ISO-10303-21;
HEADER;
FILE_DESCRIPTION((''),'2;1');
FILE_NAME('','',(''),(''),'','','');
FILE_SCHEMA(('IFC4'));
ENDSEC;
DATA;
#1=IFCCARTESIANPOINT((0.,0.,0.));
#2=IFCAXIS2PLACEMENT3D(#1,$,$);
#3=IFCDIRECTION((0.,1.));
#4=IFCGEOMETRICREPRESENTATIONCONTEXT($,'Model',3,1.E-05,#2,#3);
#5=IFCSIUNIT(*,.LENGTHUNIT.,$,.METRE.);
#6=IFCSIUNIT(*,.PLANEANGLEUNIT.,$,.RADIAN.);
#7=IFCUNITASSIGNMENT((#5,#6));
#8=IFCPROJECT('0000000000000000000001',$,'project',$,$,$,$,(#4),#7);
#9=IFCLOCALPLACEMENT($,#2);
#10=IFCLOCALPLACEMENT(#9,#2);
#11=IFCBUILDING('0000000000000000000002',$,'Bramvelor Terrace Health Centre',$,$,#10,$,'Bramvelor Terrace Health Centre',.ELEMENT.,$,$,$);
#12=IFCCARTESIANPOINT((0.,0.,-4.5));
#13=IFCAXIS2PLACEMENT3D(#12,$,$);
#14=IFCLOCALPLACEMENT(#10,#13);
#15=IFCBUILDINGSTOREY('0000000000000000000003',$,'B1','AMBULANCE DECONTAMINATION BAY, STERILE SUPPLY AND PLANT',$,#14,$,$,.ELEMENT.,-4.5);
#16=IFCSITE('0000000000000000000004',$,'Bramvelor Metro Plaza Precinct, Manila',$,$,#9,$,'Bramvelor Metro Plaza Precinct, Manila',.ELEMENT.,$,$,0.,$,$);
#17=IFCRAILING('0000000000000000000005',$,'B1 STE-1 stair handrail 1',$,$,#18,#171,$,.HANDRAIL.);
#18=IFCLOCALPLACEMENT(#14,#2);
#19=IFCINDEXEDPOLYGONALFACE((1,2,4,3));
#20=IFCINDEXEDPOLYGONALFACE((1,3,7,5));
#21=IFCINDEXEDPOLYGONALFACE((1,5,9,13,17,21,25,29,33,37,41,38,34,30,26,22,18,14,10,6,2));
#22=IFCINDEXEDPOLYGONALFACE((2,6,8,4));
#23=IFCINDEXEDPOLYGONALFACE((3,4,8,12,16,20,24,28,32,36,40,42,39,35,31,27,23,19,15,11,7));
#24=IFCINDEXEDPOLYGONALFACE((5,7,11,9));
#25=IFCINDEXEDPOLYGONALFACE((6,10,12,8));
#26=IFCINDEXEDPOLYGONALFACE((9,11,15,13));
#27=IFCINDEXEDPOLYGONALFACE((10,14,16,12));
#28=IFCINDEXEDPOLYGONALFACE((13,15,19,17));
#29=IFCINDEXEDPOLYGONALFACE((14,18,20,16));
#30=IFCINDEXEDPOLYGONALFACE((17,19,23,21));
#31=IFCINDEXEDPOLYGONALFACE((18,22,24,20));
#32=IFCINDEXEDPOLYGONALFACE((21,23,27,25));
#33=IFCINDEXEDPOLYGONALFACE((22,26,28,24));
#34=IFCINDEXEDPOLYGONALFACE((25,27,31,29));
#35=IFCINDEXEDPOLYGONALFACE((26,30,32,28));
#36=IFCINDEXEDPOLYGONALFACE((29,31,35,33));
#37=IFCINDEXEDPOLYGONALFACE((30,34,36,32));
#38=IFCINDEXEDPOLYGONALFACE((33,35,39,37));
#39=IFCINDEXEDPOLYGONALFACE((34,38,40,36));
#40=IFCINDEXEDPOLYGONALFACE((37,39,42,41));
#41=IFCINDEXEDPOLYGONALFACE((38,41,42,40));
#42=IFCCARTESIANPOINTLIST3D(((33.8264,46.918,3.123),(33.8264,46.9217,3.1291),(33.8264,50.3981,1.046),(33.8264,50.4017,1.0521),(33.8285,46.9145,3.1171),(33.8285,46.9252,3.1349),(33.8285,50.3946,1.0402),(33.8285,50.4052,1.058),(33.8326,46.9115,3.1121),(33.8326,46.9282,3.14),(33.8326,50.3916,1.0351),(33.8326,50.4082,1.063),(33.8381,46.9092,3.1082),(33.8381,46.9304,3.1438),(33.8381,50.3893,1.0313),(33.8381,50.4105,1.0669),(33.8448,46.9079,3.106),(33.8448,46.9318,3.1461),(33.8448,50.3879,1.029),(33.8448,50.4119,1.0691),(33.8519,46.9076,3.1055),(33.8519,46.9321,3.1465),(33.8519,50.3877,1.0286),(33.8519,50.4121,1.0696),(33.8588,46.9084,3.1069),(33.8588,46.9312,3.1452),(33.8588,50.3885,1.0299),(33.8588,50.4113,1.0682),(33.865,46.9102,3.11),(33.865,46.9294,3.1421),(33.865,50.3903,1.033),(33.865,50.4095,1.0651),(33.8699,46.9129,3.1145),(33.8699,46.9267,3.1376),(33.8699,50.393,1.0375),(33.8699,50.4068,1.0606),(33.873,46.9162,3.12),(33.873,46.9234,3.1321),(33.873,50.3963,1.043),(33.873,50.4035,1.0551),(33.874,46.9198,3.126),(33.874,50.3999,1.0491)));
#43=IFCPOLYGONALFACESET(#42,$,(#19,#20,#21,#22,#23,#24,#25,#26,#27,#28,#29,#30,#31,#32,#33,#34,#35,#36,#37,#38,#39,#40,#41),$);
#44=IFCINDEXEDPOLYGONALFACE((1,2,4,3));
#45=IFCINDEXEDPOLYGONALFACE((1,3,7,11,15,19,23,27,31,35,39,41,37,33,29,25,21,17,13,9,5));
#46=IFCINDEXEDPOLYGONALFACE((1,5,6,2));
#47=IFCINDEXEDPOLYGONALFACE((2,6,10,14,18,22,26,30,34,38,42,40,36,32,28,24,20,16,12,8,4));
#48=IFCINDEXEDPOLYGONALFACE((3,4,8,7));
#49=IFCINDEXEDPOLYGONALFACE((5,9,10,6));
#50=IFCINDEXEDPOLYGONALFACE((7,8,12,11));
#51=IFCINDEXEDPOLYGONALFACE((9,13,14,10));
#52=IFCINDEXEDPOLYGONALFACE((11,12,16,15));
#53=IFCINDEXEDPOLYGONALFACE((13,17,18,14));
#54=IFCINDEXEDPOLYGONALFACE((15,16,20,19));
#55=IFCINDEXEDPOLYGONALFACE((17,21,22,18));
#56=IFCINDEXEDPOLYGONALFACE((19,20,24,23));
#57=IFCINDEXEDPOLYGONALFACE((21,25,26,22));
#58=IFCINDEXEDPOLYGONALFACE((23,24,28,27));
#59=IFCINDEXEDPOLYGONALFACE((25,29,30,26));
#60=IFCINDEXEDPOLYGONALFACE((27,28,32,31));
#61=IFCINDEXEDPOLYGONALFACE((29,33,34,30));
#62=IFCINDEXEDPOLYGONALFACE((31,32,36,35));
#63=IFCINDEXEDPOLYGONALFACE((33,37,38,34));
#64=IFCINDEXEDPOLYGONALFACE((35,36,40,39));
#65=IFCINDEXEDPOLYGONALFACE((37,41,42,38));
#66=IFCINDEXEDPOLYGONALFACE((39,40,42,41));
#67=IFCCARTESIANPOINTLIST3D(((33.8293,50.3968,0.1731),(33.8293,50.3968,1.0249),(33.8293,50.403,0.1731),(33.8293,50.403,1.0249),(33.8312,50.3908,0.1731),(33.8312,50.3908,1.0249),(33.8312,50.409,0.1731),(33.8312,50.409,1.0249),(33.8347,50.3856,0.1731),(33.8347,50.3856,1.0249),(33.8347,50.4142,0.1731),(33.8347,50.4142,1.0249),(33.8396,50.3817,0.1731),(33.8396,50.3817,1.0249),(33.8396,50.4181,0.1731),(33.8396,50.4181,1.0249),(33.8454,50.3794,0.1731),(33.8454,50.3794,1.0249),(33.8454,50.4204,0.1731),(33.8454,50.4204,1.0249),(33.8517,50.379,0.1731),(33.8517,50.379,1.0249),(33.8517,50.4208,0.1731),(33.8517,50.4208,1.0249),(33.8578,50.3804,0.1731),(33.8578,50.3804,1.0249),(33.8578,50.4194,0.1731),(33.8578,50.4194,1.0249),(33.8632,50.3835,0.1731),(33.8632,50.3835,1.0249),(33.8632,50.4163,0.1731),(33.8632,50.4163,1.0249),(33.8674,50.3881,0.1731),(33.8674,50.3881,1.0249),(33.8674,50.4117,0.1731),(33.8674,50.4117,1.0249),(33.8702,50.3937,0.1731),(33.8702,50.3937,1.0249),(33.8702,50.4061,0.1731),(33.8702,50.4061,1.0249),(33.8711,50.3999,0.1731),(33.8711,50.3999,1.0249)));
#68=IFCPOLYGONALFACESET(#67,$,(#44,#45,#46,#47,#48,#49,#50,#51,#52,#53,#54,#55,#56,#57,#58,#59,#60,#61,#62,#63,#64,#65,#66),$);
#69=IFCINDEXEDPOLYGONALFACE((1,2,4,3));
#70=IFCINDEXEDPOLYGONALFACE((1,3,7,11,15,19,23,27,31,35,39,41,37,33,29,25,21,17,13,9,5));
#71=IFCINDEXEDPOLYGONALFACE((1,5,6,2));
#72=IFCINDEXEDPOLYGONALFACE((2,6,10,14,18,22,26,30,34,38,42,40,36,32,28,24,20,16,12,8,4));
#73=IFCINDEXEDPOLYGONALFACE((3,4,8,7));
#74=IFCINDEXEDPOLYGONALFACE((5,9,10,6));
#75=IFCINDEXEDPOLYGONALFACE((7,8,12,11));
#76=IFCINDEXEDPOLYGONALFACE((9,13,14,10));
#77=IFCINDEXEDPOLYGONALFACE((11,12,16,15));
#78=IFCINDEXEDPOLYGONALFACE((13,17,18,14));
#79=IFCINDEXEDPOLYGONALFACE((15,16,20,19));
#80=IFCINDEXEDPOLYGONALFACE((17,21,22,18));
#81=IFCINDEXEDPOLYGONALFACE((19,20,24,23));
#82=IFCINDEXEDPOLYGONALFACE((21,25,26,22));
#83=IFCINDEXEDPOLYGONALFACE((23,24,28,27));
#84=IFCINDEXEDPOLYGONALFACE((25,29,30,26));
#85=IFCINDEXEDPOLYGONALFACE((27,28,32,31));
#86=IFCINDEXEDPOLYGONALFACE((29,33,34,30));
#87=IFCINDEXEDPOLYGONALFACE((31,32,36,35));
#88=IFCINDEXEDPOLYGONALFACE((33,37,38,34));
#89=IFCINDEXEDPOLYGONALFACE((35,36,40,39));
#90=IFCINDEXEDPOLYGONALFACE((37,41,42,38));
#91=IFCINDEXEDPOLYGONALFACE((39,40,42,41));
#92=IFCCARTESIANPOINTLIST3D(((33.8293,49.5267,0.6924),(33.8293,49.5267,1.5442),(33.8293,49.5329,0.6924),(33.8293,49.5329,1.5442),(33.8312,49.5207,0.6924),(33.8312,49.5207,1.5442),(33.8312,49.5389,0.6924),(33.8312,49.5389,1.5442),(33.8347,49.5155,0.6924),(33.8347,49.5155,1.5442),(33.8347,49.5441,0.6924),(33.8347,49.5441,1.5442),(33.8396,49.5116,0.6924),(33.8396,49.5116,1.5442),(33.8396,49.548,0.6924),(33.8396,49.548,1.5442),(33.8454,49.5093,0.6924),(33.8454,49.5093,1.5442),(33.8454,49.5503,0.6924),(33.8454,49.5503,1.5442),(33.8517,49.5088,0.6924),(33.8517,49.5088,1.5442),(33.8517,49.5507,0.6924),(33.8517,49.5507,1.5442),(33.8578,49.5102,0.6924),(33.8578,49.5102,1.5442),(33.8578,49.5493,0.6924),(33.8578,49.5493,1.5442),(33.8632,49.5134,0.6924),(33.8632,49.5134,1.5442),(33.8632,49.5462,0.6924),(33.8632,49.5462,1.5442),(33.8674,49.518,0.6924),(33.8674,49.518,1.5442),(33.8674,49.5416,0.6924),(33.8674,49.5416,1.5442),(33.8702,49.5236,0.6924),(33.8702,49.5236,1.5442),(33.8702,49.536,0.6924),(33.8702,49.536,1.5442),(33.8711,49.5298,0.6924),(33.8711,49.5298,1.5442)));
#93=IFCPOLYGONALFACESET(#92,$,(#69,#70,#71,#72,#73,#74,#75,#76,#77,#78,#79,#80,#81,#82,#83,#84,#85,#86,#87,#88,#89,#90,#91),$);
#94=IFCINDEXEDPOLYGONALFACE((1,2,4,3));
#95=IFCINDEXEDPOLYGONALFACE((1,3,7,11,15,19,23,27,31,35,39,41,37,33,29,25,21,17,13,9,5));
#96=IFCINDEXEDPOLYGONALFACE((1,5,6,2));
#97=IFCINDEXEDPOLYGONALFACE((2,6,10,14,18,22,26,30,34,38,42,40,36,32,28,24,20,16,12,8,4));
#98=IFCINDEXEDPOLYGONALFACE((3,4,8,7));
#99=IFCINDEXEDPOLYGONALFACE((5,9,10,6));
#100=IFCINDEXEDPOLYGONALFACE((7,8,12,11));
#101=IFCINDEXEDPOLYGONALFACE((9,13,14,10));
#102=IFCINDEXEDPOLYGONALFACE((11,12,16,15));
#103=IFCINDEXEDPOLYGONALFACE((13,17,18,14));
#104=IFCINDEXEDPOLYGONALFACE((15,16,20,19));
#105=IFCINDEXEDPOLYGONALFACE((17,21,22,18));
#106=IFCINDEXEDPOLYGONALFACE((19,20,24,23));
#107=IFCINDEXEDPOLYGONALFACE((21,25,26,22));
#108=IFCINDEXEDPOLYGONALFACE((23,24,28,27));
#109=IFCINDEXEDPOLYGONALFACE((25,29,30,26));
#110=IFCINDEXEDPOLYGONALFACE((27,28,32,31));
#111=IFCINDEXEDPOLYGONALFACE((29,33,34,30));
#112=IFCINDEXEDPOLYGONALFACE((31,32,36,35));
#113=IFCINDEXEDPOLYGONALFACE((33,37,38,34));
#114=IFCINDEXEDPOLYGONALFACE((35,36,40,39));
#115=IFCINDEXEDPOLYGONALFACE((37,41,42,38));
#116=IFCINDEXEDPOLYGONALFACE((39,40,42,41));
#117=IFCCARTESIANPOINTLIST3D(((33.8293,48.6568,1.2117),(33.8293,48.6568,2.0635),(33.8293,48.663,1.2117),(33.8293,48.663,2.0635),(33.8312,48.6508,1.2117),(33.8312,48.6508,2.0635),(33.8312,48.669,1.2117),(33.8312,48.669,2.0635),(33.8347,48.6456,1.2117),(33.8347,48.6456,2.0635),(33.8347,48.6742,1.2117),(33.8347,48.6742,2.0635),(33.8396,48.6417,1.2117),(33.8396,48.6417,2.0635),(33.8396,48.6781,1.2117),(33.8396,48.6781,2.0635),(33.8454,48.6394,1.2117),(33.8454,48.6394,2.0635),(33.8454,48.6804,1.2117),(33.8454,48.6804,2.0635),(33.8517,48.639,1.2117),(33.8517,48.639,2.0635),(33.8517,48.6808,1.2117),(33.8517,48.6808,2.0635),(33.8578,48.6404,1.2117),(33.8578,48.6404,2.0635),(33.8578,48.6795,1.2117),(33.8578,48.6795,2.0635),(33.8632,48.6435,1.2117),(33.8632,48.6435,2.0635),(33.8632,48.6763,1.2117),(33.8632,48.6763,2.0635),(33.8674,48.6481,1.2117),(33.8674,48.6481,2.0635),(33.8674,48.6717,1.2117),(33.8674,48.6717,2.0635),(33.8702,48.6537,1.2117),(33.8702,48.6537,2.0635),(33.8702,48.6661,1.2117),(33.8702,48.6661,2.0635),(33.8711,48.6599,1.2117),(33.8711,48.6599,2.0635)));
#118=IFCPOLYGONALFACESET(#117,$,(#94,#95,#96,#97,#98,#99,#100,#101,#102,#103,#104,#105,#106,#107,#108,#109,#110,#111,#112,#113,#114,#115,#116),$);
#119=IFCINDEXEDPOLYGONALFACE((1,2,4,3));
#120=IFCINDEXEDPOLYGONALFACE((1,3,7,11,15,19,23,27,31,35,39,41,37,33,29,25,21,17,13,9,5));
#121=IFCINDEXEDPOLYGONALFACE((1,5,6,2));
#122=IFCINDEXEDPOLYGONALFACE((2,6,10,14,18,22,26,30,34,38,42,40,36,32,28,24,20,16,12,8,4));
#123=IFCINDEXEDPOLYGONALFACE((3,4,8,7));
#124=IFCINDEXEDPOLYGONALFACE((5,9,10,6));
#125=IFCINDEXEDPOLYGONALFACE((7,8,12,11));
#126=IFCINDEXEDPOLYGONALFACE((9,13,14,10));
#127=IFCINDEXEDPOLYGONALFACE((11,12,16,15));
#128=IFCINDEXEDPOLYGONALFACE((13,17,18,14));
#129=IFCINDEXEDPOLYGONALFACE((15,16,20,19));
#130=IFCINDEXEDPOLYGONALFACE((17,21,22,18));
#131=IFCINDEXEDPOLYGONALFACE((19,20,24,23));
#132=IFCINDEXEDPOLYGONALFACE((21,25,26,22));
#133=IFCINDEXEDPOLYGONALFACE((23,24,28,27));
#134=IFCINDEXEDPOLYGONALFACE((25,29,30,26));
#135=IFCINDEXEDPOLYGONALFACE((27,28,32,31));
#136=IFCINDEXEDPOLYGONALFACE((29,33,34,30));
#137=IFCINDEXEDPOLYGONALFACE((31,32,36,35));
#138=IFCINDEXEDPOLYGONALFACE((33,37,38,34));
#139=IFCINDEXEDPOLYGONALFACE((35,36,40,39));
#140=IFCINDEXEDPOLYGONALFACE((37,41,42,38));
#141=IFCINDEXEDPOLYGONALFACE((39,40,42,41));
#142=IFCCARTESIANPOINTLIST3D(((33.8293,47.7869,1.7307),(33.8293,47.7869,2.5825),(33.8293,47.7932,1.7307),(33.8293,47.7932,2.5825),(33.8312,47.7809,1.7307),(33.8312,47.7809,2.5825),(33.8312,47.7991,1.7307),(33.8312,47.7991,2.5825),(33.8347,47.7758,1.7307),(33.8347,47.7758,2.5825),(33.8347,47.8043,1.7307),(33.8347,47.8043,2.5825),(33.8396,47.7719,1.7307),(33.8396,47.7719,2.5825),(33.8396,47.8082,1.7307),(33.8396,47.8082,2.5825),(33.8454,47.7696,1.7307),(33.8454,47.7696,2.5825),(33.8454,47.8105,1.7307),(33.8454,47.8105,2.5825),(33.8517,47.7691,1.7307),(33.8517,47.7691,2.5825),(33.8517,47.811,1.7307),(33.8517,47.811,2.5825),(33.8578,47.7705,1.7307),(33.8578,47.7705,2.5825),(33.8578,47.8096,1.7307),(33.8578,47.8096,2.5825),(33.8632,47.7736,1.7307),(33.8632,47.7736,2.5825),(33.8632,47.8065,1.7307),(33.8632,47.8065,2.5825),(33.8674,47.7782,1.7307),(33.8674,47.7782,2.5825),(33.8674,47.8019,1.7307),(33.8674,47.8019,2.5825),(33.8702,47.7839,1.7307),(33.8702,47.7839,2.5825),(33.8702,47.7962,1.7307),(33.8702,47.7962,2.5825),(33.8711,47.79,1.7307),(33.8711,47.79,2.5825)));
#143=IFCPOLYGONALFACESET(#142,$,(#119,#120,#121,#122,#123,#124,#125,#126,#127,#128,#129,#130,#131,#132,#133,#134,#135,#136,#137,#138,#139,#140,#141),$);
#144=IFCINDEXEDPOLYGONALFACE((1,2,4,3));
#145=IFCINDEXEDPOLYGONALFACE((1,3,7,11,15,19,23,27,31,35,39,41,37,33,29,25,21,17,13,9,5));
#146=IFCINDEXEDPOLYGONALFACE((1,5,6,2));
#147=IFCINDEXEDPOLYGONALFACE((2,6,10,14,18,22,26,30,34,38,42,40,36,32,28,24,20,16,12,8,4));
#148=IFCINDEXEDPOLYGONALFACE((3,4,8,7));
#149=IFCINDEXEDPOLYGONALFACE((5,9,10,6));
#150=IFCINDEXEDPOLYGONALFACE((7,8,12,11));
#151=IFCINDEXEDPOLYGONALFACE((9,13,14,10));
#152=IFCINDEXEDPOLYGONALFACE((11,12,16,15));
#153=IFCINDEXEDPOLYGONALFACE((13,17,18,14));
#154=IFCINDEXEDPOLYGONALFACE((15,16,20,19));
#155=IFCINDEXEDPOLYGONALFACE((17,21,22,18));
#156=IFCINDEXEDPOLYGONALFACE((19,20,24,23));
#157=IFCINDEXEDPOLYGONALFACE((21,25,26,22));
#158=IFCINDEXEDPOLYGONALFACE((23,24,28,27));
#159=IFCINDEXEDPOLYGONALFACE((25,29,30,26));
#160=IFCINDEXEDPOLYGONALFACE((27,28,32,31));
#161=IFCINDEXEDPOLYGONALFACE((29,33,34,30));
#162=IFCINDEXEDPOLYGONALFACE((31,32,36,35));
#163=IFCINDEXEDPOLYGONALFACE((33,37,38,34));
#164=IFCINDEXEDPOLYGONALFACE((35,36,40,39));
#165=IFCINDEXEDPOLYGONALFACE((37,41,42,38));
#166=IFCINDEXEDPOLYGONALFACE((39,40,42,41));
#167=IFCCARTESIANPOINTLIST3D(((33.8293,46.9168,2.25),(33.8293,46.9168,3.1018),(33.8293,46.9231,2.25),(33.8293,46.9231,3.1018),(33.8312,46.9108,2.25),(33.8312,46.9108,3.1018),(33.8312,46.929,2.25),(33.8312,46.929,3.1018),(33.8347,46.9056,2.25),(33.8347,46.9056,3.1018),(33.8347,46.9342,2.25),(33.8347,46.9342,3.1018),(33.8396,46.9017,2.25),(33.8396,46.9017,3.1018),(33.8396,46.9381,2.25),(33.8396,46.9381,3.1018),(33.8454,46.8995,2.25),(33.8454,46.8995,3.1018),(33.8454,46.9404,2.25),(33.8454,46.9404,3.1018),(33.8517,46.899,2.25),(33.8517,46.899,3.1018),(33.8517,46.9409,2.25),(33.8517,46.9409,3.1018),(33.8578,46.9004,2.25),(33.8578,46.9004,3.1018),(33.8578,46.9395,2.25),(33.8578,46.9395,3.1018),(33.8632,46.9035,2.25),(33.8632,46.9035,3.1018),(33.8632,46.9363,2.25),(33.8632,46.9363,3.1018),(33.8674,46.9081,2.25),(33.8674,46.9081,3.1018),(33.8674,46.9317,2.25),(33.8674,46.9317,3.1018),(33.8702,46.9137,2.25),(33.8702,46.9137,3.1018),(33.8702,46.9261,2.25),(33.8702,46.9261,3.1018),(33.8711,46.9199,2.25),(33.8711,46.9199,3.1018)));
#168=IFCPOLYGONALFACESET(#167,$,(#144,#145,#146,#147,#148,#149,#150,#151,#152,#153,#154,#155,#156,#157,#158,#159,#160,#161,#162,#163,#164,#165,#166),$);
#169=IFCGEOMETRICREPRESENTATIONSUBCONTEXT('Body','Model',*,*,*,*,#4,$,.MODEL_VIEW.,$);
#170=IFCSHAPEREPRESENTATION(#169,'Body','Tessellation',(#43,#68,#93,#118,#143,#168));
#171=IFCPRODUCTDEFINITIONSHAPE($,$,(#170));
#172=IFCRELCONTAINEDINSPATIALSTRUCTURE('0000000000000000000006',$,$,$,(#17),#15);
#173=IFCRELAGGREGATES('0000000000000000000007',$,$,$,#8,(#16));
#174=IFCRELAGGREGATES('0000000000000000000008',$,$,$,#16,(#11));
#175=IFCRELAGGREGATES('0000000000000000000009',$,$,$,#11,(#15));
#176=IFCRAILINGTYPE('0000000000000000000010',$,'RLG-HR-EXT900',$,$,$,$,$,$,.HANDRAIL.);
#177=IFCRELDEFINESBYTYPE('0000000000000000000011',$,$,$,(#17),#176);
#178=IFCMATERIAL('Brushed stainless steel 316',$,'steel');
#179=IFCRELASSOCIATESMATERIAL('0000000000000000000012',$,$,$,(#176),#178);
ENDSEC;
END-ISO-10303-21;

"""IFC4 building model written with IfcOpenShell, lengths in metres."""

from ifc_helpers import new_model, si_unit, direction, frame, origin, origin_2d, place, context, subcontext, project, spatial, circle, extrude, material, type_object, element, save


model = new_model("IFC4")

# Units and contexts
model_context = context("Model", 3, precision=1e-05, world=origin(), true_north=direction((0.0, 1.0)))
body_context = subcontext(model_context, "Body", "Model", "MODEL_VIEW")
ifc_project = project(units=[si_unit("LENGTHUNIT", "METRE"), si_unit("PLANEANGLEUNIT", "RADIAN")], contexts=[model_context])

# Site, building, storey
site_placement = place(None, origin())
site = spatial("IfcSite", under=ifc_project, at=site_placement, Name="Bramvelor Metro Plaza Precinct, Manila", LongName="Bramvelor Metro Plaza Precinct, Manila", CompositionType="ELEMENT", RefElevation=0.0)
building_placement = place(site_placement, origin())
building = spatial("IfcBuilding", under=site, at=building_placement, Name="Bramvelor Terrace Health Centre", LongName="Bramvelor Terrace Health Centre", CompositionType="ELEMENT")
storey_placement = place(building_placement, frame((0.0, 0.0, -4.5)))
storey = spatial("IfcBuildingStorey", under=building, at=storey_placement, Name="B1", Description="AMBULANCE DECONTAMINATION BAY, STERILE SUPPLY AND PLANT", CompositionType="ELEMENT", Elevation=-4.5)

# Railing
ifc_material_1 = material(Name="Brushed stainless steel 316", Category="steel")
railing_type_1 = type_object("IfcRailingType", Name="RLG-HR-EXT900", PredefinedType="HANDRAIL", material=ifc_material_1)
railing_1_placement = place(storey_placement, frame((33.8501, 50.3999, 0.1731)))
element("IfcRailing", 1, at=railing_1_placement, inside=storey, type_object=railing_type_1, Name="B1 STE-1 stair handrail 1", PredefinedType="HANDRAIL", context=body_context, shape_type="SweptSolid", body=[
    extrude(circle(Radius=0.0239, at=origin_2d()), frame((0.0, 0.0, 0.876), z_axis=(0.0, -0.858697, 0.512483), x_axis=(1.0, 0.0, 0.0)), (0.0, 0.0, 1.0), 4.0527),
    extrude(circle(Radius=0.021, at=origin_2d()), origin(), (0.0, 0.0, 1.0), 0.8518),
    extrude(circle(Radius=0.021, at=origin_2d()), frame((0.0, -0.8701, 0.5193)), (0.0, 0.0, 1.0), 0.8518),
    extrude(circle(Radius=0.021, at=origin_2d()), frame((0.0, -1.74, 1.0386)), (0.0, 0.0, 1.0), 0.8518),
    extrude(circle(Radius=0.021, at=origin_2d()), frame((0.0, -2.6099, 1.5576)), (0.0, 0.0, 1.0), 0.8518),
    extrude(circle(Radius=0.021, at=origin_2d()), frame((0.0, -3.48, 2.0769)), (0.0, 0.0, 1.0), 0.8518),
])

save(model, "model.ifc")
